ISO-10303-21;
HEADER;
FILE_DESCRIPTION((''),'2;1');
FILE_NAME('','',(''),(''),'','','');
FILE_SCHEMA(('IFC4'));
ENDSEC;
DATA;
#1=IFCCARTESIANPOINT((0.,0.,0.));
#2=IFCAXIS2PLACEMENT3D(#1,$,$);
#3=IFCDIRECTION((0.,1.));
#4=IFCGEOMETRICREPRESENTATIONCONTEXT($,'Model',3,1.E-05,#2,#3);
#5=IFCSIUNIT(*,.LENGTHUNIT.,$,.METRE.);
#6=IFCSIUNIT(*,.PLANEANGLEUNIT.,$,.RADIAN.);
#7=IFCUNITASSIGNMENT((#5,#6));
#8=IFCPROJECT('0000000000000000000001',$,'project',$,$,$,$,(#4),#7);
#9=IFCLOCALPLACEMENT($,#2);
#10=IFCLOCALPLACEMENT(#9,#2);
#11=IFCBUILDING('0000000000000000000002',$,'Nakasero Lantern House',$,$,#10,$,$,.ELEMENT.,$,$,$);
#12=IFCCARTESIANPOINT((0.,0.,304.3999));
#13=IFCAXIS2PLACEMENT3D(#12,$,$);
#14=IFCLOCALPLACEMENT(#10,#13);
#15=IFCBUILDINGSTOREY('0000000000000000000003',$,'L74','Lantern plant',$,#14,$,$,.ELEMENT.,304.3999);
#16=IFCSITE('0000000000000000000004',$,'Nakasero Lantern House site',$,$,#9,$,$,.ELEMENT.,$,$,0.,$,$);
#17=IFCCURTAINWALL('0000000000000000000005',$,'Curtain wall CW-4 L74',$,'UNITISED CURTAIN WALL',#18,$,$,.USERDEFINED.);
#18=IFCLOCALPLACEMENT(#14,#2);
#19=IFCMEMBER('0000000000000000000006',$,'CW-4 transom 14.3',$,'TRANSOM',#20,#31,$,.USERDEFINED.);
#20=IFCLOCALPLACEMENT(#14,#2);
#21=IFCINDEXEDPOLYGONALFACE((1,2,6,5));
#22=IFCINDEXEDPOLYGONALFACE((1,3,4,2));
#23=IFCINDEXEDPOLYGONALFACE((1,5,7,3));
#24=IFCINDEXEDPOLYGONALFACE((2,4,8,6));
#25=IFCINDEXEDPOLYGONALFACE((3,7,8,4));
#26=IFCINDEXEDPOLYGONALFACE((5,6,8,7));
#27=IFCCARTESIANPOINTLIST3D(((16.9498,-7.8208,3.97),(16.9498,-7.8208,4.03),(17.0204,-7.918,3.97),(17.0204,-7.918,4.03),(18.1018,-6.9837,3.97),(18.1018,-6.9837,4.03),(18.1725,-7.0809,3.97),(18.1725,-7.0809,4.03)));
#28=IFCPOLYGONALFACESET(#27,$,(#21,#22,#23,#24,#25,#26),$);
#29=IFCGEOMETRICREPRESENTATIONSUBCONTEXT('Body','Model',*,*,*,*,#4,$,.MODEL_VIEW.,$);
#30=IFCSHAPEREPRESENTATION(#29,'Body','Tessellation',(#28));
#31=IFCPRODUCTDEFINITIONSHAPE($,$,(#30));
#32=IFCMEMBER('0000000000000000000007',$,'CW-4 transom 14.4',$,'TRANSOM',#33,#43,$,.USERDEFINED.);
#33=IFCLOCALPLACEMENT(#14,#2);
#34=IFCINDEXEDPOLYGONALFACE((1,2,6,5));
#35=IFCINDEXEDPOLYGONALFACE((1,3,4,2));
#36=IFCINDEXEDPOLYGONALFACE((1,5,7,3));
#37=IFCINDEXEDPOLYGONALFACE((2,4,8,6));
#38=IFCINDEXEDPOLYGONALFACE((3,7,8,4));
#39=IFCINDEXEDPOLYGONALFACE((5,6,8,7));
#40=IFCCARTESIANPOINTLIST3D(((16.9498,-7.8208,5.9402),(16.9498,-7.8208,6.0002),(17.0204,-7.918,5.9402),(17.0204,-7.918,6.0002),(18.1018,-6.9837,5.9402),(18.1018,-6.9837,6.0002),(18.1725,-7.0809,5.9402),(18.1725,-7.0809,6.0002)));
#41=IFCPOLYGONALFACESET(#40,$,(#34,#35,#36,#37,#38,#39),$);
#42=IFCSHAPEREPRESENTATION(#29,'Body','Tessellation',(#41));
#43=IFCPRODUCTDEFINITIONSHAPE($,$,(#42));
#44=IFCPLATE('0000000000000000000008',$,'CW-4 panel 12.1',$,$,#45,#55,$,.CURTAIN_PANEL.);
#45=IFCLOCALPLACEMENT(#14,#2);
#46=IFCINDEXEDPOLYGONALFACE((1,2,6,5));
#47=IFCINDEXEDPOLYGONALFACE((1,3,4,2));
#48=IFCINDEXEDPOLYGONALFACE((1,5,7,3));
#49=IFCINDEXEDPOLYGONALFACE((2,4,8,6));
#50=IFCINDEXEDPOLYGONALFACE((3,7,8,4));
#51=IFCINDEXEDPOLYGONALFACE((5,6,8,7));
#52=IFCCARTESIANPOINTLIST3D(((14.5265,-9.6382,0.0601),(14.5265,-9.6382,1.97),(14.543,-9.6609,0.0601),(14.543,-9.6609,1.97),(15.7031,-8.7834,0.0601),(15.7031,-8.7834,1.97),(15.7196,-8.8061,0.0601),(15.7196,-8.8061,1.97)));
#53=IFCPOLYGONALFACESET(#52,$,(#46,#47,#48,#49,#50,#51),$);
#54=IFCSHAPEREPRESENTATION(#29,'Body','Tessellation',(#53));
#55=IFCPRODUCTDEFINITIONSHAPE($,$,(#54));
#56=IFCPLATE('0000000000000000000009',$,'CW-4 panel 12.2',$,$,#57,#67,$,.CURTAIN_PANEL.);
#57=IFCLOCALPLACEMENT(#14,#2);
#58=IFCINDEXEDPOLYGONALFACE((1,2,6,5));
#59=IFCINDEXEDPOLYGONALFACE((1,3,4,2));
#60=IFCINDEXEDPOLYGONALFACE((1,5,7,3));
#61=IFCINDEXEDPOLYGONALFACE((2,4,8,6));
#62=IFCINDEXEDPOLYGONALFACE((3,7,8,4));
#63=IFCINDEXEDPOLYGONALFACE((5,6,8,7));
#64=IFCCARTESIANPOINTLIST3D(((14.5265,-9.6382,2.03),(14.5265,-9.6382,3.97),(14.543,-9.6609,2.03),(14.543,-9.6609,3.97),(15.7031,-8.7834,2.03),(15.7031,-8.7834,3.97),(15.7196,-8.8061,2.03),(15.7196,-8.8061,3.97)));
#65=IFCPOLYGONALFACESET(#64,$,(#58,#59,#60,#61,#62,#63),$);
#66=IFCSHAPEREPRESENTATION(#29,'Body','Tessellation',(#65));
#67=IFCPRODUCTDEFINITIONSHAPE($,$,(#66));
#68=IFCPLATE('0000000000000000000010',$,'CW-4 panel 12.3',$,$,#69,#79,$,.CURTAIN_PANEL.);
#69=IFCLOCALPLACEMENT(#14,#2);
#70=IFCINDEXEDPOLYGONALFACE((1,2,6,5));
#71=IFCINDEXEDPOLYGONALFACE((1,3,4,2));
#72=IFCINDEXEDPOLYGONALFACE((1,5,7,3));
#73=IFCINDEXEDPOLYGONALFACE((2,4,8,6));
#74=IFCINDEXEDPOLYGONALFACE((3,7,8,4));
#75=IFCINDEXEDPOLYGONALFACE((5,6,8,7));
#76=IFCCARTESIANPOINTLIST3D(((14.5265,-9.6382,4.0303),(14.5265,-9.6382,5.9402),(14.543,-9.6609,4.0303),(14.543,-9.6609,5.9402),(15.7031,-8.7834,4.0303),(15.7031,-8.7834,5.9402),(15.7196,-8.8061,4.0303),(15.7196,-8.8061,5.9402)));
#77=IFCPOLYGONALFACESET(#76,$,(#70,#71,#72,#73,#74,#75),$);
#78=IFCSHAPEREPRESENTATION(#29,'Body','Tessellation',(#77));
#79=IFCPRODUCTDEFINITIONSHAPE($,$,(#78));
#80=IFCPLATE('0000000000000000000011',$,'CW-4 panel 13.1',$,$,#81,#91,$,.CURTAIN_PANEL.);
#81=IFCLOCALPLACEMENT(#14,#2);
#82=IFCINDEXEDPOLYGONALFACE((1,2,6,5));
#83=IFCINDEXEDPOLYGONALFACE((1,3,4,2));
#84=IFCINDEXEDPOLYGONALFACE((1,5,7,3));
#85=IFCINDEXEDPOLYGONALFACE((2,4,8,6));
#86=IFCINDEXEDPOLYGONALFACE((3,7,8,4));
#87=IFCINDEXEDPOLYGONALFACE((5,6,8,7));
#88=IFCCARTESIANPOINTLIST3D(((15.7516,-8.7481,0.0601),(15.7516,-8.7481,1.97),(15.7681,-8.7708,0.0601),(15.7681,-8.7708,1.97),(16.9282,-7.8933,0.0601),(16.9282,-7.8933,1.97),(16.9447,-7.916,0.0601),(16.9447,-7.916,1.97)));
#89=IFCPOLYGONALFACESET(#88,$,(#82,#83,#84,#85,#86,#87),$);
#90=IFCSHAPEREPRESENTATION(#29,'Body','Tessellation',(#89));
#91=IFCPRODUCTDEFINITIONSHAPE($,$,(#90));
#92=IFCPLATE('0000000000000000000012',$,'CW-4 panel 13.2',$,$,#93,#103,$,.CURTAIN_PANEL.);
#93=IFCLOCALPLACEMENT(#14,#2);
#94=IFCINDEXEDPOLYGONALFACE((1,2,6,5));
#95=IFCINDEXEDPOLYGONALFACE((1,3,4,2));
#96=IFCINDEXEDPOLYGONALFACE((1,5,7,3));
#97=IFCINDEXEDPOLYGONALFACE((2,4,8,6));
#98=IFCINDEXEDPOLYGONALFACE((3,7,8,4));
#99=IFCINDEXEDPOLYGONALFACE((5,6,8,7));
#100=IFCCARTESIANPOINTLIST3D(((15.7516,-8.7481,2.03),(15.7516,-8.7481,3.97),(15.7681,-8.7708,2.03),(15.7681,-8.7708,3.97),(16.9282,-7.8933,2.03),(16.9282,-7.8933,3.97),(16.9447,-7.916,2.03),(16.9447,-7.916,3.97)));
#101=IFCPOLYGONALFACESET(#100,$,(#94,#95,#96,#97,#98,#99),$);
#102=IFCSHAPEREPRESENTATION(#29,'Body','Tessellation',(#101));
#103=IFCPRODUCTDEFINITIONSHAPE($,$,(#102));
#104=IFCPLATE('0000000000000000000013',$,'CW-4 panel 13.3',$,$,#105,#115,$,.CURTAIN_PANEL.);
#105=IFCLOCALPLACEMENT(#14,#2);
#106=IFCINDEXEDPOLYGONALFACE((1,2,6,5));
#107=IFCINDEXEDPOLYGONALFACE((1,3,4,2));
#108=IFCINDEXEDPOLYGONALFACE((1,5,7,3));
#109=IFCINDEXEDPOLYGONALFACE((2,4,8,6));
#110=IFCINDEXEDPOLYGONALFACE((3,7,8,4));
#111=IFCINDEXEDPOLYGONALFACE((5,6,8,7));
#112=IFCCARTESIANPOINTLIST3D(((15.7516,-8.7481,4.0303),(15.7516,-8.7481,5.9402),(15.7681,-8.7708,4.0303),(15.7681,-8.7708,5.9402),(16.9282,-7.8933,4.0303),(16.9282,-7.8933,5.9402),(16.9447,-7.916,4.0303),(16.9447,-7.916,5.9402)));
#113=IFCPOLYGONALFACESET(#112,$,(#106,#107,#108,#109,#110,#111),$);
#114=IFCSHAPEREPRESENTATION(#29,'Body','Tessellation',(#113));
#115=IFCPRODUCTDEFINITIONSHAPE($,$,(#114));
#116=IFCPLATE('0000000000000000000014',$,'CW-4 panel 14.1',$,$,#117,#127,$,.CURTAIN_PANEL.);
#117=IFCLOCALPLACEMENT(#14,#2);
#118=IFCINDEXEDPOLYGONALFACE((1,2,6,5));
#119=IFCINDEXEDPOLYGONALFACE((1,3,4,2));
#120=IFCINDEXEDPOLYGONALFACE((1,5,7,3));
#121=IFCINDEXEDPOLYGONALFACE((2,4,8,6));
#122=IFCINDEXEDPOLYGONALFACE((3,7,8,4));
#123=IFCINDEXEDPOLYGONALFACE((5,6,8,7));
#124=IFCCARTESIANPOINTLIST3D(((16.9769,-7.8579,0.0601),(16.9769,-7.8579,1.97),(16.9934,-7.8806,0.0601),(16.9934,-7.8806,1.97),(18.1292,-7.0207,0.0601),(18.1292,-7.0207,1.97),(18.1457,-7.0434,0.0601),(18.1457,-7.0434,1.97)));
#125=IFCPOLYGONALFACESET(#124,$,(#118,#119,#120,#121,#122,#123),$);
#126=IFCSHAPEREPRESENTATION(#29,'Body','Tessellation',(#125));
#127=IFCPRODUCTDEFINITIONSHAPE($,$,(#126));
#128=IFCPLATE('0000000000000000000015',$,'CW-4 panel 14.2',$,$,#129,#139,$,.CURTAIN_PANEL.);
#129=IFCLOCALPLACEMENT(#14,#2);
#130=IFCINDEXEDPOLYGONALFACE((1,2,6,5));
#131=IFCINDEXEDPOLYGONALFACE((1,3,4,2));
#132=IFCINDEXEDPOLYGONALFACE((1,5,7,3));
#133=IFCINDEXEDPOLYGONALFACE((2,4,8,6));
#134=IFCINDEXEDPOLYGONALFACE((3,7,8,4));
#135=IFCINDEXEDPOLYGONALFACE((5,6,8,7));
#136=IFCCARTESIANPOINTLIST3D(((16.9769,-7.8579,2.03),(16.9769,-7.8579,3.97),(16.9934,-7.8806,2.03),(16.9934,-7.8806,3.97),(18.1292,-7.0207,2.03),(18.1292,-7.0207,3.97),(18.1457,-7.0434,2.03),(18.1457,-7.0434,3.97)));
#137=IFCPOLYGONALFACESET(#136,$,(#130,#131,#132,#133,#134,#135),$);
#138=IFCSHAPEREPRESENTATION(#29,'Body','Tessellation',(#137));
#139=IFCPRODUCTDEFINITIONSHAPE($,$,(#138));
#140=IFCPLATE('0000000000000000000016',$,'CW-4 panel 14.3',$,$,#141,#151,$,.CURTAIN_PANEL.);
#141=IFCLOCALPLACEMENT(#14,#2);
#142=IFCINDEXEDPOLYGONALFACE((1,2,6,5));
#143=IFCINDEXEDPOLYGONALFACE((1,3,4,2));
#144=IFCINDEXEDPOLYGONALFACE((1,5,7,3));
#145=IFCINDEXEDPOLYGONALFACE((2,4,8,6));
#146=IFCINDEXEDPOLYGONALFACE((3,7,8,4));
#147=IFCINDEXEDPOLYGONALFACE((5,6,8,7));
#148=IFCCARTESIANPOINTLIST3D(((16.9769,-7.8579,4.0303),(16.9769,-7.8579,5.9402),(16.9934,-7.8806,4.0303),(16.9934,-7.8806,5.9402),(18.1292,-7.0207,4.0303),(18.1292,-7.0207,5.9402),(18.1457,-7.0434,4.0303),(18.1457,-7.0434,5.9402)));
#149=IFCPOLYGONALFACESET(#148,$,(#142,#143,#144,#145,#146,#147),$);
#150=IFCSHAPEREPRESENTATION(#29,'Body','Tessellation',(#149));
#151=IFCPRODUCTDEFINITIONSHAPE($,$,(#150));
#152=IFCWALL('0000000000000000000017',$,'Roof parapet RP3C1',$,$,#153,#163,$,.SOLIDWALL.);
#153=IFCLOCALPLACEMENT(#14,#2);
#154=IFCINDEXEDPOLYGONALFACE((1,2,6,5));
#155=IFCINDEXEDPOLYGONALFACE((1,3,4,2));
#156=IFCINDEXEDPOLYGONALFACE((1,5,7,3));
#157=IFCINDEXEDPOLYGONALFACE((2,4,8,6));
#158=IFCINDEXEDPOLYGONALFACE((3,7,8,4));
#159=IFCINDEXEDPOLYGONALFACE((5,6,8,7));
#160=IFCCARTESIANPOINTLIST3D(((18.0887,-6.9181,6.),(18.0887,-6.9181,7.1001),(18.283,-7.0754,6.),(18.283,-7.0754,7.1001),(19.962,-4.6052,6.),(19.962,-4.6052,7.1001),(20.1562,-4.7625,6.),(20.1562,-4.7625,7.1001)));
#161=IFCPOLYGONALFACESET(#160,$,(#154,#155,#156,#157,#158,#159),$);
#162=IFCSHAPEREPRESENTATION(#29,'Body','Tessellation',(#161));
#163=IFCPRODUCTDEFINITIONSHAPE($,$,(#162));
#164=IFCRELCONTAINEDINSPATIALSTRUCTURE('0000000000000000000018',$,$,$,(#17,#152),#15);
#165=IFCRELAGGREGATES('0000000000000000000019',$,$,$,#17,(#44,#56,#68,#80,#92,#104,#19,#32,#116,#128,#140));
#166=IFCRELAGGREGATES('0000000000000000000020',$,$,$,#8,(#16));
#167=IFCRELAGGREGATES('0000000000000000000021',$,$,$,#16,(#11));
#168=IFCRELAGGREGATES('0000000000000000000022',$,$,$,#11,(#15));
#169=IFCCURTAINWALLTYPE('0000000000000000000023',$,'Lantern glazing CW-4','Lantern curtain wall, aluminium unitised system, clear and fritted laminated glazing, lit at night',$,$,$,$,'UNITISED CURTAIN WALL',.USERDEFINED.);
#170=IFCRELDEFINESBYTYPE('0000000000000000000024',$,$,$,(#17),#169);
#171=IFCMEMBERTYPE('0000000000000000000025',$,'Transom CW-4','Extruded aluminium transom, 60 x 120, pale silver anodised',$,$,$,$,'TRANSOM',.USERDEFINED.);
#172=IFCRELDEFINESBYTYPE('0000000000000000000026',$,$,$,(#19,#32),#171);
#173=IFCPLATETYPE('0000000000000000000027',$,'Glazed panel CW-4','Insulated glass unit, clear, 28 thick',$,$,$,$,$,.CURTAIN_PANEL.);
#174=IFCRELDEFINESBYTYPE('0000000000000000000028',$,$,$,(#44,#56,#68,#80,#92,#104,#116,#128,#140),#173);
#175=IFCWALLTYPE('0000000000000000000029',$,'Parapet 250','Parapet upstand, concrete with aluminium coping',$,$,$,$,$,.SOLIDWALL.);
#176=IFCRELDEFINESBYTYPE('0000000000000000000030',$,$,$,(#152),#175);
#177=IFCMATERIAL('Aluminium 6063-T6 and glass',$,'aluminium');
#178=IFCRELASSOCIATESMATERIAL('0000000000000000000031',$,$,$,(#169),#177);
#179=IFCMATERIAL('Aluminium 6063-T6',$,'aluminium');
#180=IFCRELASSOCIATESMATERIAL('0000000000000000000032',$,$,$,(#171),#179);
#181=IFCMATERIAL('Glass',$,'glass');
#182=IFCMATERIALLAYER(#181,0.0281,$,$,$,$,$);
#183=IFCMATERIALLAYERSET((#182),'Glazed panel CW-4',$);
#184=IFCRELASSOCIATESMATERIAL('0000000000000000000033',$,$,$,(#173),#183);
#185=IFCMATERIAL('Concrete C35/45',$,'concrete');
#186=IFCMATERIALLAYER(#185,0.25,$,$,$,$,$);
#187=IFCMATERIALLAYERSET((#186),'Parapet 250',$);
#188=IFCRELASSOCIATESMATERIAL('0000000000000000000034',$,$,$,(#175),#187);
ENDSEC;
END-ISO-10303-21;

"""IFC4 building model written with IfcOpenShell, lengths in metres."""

from ifc_helpers import new_model, si_unit, direction, frame, frame_2d, origin, origin_2d, place, context, subcontext, project, spatial, rectangle, extrude, material, layer, layer_set, material_profile, profile_set, type_object, element, aggregate, save


model = new_model("IFC4")

# Units and contexts
model_context = context("Model", 3, precision=1e-05, world=origin(), true_north=direction((0.0, 1.0)))
body_context = subcontext(model_context, "Body", "Model", "MODEL_VIEW")
ifc_project = project(units=[si_unit("LENGTHUNIT", "METRE"), si_unit("PLANEANGLEUNIT", "RADIAN")], contexts=[model_context])

# Site, building, storey
site_placement = place(None, origin())
site = spatial("IfcSite", under=ifc_project, at=site_placement, Name="Nakasero Lantern House site", CompositionType="ELEMENT", RefElevation=0.0)
building_placement = place(site_placement, origin())
building = spatial("IfcBuilding", under=site, at=building_placement, Name="Nakasero Lantern House", CompositionType="ELEMENT")
storey_placement = place(building_placement, frame((0.0, 0.0, 304.3999)))
storey = spatial("IfcBuildingStorey", under=building, at=storey_placement, Name="L74", Description="Lantern plant", CompositionType="ELEMENT", Elevation=304.3999)

# Curtain wall
ifc_material_1 = material(Name="Aluminium 6063-T6 and glass", Category="aluminium")
curtain_wall_type = type_object("IfcCurtainWallType", Name="Lantern glazing CW-4", Description="Lantern curtain wall, aluminium unitised system, clear and fritted laminated glazing, lit at night", ElementType="UNITISED CURTAIN WALL", PredefinedType="USERDEFINED", material=ifc_material_1)
curtain_wall_1_placement = place(storey_placement, origin())
curtain_wall_1 = element("IfcCurtainWall", 1, at=curtain_wall_1_placement, inside=storey, type_object=curtain_wall_type, Name="Curtain wall CW-4 L74", ObjectType="UNITISED CURTAIN WALL", PredefinedType="USERDEFINED")

# Members
ifc_material_2 = material(Name="Aluminium 6063-T6", Category="aluminium")
ifc_material_profile_1 = material_profile(ifc_material_2, rectangle(XDim=0.0601, YDim=0.1201, at=origin_2d()), Name="CW-4 transom 60x120")
ifc_profile_set_1 = profile_set([ifc_material_profile_1], Name="Aluminium 6063-T6")
member_type_1 = type_object("IfcMemberType", Name="Transom CW-4", Description="Extruded aluminium transom, 60 x 120, pale silver anodised", ElementType="TRANSOM", PredefinedType="USERDEFINED", material=ifc_profile_set_1)
member_1_placement = place(storey_placement, frame((16.9851, -7.8694, 4.0), z_axis=(0.808981, 0.587835, 0.0), x_axis=(0.0, 0.0, 1.0)))
member_1 = element("IfcMember", 2, at=member_1_placement, type_object=member_type_1, Name="CW-4 transom 14.3", ObjectType="TRANSOM", PredefinedType="USERDEFINED", context=body_context, shape_type="SweptSolid", body=[
    extrude(rectangle(XDim=0.0601, YDim=0.1201, at=origin_2d()), origin(), (0.0, 0.0, 1.0), 1.4241),
])
member_2_placement = place(storey_placement, frame((16.9851, -7.8694, 5.9702), z_axis=(0.808981, 0.587835, 0.0), x_axis=(0.0, 0.0, 1.0)))
member_2 = element("IfcMember", 3, at=member_2_placement, type_object=member_type_1, Name="CW-4 transom 14.4", ObjectType="TRANSOM", PredefinedType="USERDEFINED", context=body_context, shape_type="SweptSolid", body=[
    extrude(rectangle(XDim=0.0601, YDim=0.1201, at=origin_2d()), origin(), (0.0, 0.0, 1.0), 1.4241),
])

# Plates
ifc_material_3 = material(Name="Glass", Category="glass")
ifc_layer_1 = layer(ifc_material_3, 0.0281)
ifc_layer_set_1 = layer_set([ifc_layer_1], Name="Glazed panel CW-4")
plate_type = type_object("IfcPlateType", Name="Glazed panel CW-4", Description="Insulated glass unit, clear, 28 thick", PredefinedType="CURTAIN_PANEL", material=ifc_layer_set_1)
plate_1_placement = place(storey_placement, frame((15.123, -9.2222, 0.0601), z_axis=(0.0, 0.0, 1.0), x_axis=(0.809017, 0.587785, 0.0)))
plate_1 = element("IfcPlate", 4, at=plate_1_placement, type_object=plate_type, Name="CW-4 panel 12.1", PredefinedType="CURTAIN_PANEL", context=body_context, shape_type="SweptSolid", body=[
    extrude(rectangle(XDim=1.4543, YDim=0.0281, at=origin_2d()), origin(), (0.0, 0.0, 1.0), 1.9099),
])
plate_2_placement = place(storey_placement, frame((15.123, -9.2222, 2.03), z_axis=(0.0, 0.0, 1.0), x_axis=(0.809017, 0.587785, 0.0)))
plate_2 = element("IfcPlate", 5, at=plate_2_placement, type_object=plate_type, Name="CW-4 panel 12.2", PredefinedType="CURTAIN_PANEL", context=body_context, shape_type="SweptSolid", body=[
    extrude(rectangle(XDim=1.4543, YDim=0.0281, at=origin_2d()), origin(), (0.0, 0.0, 1.0), 1.9399),
])
plate_3_placement = place(storey_placement, frame((15.123, -9.2222, 4.0303), z_axis=(0.0, 0.0, 1.0), x_axis=(0.809017, 0.587785, 0.0)))
plate_3 = element("IfcPlate", 6, at=plate_3_placement, type_object=plate_type, Name="CW-4 panel 12.3", PredefinedType="CURTAIN_PANEL", context=body_context, shape_type="SweptSolid", body=[
    extrude(rectangle(XDim=1.4543, YDim=0.0281, at=origin_2d()), origin(), (0.0, 0.0, 1.0), 1.9099),
])
plate_4_placement = place(storey_placement, frame((16.3481, -8.332, 0.0601), z_axis=(0.0, 0.0, 1.0), x_axis=(0.809017, 0.587785, 0.0)))
plate_4 = element("IfcPlate", 7, at=plate_4_placement, type_object=plate_type, Name="CW-4 panel 13.1", PredefinedType="CURTAIN_PANEL", context=body_context, shape_type="SweptSolid", body=[
    extrude(rectangle(XDim=1.4543, YDim=0.0281, at=origin_2d()), origin(), (0.0, 0.0, 1.0), 1.9099),
])
plate_5_placement = place(storey_placement, frame((16.3481, -8.332, 2.03), z_axis=(0.0, 0.0, 1.0), x_axis=(0.809017, 0.587785, 0.0)))
plate_5 = element("IfcPlate", 8, at=plate_5_placement, type_object=plate_type, Name="CW-4 panel 13.2", PredefinedType="CURTAIN_PANEL", context=body_context, shape_type="SweptSolid", body=[
    extrude(rectangle(XDim=1.4543, YDim=0.0281, at=origin_2d()), origin(), (0.0, 0.0, 1.0), 1.9399),
])
plate_6_placement = place(storey_placement, frame((16.3481, -8.332, 4.0303), z_axis=(0.0, 0.0, 1.0), x_axis=(0.809017, 0.587785, 0.0)))
plate_6 = element("IfcPlate", 9, at=plate_6_placement, type_object=plate_type, Name="CW-4 panel 13.3", PredefinedType="CURTAIN_PANEL", context=body_context, shape_type="SweptSolid", body=[
    extrude(rectangle(XDim=1.4543, YDim=0.0281, at=origin_2d()), origin(), (0.0, 0.0, 1.0), 1.9099),
])
plate_7_placement = place(storey_placement, frame((17.5613, -7.4507, 0.0601), z_axis=(0.0, 0.0, 1.0), x_axis=(0.809017, 0.587785, 0.0)))
plate_7 = element("IfcPlate", 10, at=plate_7_placement, type_object=plate_type, Name="CW-4 panel 14.1", PredefinedType="CURTAIN_PANEL", context=body_context, shape_type="SweptSolid", body=[
    extrude(rectangle(XDim=1.4243, YDim=0.0281, at=origin_2d()), origin(), (0.0, 0.0, 1.0), 1.9099),
])
plate_8_placement = place(storey_placement, frame((17.5613, -7.4507, 2.03), z_axis=(0.0, 0.0, 1.0), x_axis=(0.809017, 0.587785, 0.0)))
plate_8 = element("IfcPlate", 11, at=plate_8_placement, type_object=plate_type, Name="CW-4 panel 14.2", PredefinedType="CURTAIN_PANEL", context=body_context, shape_type="SweptSolid", body=[
    extrude(rectangle(XDim=1.4243, YDim=0.0281, at=origin_2d()), origin(), (0.0, 0.0, 1.0), 1.9399),
])
plate_9_placement = place(storey_placement, frame((17.5613, -7.4507, 4.0303), z_axis=(0.0, 0.0, 1.0), x_axis=(0.809017, 0.587785, 0.0)))
plate_9 = element("IfcPlate", 12, at=plate_9_placement, type_object=plate_type, Name="CW-4 panel 14.3", PredefinedType="CURTAIN_PANEL", context=body_context, shape_type="SweptSolid", body=[
    extrude(rectangle(XDim=1.4243, YDim=0.0281, at=origin_2d()), origin(), (0.0, 0.0, 1.0), 1.9099),
])
aggregate(curtain_wall_1, [plate_1, plate_2, plate_3, plate_4, plate_5, plate_6, member_1, member_2, plate_7, plate_8, plate_9])

# Wall
ifc_material_4 = material(Name="Concrete C35/45", Category="concrete")
ifc_layer_2 = layer(ifc_material_4, 0.25)
ifc_layer_set_2 = layer_set([ifc_layer_2], Name="Parapet 250")
wall_type = type_object("IfcWallType", Name="Parapet 250", Description="Parapet upstand, concrete with aluminium coping", PredefinedType="SOLIDWALL", material=ifc_layer_set_2)
wall_placement = place(storey_placement, frame((18.1858, -6.9968, 6.0), z_axis=(0.0, 0.0, 1.0), x_axis=(0.629375, 0.777102, 0.0)))
element("IfcWall", 13, at=wall_placement, inside=storey, type_object=wall_type, Name="Roof parapet RP3C1", PredefinedType="SOLIDWALL", context=body_context, shape_type="SweptSolid", body=[
    extrude(rectangle(XDim=2.9763, YDim=0.25, at=frame_2d((1.4883, 0.0))), origin(), (0.0, 0.0, 1.0), 1.1001),
])

save(model, "model.ifc")
